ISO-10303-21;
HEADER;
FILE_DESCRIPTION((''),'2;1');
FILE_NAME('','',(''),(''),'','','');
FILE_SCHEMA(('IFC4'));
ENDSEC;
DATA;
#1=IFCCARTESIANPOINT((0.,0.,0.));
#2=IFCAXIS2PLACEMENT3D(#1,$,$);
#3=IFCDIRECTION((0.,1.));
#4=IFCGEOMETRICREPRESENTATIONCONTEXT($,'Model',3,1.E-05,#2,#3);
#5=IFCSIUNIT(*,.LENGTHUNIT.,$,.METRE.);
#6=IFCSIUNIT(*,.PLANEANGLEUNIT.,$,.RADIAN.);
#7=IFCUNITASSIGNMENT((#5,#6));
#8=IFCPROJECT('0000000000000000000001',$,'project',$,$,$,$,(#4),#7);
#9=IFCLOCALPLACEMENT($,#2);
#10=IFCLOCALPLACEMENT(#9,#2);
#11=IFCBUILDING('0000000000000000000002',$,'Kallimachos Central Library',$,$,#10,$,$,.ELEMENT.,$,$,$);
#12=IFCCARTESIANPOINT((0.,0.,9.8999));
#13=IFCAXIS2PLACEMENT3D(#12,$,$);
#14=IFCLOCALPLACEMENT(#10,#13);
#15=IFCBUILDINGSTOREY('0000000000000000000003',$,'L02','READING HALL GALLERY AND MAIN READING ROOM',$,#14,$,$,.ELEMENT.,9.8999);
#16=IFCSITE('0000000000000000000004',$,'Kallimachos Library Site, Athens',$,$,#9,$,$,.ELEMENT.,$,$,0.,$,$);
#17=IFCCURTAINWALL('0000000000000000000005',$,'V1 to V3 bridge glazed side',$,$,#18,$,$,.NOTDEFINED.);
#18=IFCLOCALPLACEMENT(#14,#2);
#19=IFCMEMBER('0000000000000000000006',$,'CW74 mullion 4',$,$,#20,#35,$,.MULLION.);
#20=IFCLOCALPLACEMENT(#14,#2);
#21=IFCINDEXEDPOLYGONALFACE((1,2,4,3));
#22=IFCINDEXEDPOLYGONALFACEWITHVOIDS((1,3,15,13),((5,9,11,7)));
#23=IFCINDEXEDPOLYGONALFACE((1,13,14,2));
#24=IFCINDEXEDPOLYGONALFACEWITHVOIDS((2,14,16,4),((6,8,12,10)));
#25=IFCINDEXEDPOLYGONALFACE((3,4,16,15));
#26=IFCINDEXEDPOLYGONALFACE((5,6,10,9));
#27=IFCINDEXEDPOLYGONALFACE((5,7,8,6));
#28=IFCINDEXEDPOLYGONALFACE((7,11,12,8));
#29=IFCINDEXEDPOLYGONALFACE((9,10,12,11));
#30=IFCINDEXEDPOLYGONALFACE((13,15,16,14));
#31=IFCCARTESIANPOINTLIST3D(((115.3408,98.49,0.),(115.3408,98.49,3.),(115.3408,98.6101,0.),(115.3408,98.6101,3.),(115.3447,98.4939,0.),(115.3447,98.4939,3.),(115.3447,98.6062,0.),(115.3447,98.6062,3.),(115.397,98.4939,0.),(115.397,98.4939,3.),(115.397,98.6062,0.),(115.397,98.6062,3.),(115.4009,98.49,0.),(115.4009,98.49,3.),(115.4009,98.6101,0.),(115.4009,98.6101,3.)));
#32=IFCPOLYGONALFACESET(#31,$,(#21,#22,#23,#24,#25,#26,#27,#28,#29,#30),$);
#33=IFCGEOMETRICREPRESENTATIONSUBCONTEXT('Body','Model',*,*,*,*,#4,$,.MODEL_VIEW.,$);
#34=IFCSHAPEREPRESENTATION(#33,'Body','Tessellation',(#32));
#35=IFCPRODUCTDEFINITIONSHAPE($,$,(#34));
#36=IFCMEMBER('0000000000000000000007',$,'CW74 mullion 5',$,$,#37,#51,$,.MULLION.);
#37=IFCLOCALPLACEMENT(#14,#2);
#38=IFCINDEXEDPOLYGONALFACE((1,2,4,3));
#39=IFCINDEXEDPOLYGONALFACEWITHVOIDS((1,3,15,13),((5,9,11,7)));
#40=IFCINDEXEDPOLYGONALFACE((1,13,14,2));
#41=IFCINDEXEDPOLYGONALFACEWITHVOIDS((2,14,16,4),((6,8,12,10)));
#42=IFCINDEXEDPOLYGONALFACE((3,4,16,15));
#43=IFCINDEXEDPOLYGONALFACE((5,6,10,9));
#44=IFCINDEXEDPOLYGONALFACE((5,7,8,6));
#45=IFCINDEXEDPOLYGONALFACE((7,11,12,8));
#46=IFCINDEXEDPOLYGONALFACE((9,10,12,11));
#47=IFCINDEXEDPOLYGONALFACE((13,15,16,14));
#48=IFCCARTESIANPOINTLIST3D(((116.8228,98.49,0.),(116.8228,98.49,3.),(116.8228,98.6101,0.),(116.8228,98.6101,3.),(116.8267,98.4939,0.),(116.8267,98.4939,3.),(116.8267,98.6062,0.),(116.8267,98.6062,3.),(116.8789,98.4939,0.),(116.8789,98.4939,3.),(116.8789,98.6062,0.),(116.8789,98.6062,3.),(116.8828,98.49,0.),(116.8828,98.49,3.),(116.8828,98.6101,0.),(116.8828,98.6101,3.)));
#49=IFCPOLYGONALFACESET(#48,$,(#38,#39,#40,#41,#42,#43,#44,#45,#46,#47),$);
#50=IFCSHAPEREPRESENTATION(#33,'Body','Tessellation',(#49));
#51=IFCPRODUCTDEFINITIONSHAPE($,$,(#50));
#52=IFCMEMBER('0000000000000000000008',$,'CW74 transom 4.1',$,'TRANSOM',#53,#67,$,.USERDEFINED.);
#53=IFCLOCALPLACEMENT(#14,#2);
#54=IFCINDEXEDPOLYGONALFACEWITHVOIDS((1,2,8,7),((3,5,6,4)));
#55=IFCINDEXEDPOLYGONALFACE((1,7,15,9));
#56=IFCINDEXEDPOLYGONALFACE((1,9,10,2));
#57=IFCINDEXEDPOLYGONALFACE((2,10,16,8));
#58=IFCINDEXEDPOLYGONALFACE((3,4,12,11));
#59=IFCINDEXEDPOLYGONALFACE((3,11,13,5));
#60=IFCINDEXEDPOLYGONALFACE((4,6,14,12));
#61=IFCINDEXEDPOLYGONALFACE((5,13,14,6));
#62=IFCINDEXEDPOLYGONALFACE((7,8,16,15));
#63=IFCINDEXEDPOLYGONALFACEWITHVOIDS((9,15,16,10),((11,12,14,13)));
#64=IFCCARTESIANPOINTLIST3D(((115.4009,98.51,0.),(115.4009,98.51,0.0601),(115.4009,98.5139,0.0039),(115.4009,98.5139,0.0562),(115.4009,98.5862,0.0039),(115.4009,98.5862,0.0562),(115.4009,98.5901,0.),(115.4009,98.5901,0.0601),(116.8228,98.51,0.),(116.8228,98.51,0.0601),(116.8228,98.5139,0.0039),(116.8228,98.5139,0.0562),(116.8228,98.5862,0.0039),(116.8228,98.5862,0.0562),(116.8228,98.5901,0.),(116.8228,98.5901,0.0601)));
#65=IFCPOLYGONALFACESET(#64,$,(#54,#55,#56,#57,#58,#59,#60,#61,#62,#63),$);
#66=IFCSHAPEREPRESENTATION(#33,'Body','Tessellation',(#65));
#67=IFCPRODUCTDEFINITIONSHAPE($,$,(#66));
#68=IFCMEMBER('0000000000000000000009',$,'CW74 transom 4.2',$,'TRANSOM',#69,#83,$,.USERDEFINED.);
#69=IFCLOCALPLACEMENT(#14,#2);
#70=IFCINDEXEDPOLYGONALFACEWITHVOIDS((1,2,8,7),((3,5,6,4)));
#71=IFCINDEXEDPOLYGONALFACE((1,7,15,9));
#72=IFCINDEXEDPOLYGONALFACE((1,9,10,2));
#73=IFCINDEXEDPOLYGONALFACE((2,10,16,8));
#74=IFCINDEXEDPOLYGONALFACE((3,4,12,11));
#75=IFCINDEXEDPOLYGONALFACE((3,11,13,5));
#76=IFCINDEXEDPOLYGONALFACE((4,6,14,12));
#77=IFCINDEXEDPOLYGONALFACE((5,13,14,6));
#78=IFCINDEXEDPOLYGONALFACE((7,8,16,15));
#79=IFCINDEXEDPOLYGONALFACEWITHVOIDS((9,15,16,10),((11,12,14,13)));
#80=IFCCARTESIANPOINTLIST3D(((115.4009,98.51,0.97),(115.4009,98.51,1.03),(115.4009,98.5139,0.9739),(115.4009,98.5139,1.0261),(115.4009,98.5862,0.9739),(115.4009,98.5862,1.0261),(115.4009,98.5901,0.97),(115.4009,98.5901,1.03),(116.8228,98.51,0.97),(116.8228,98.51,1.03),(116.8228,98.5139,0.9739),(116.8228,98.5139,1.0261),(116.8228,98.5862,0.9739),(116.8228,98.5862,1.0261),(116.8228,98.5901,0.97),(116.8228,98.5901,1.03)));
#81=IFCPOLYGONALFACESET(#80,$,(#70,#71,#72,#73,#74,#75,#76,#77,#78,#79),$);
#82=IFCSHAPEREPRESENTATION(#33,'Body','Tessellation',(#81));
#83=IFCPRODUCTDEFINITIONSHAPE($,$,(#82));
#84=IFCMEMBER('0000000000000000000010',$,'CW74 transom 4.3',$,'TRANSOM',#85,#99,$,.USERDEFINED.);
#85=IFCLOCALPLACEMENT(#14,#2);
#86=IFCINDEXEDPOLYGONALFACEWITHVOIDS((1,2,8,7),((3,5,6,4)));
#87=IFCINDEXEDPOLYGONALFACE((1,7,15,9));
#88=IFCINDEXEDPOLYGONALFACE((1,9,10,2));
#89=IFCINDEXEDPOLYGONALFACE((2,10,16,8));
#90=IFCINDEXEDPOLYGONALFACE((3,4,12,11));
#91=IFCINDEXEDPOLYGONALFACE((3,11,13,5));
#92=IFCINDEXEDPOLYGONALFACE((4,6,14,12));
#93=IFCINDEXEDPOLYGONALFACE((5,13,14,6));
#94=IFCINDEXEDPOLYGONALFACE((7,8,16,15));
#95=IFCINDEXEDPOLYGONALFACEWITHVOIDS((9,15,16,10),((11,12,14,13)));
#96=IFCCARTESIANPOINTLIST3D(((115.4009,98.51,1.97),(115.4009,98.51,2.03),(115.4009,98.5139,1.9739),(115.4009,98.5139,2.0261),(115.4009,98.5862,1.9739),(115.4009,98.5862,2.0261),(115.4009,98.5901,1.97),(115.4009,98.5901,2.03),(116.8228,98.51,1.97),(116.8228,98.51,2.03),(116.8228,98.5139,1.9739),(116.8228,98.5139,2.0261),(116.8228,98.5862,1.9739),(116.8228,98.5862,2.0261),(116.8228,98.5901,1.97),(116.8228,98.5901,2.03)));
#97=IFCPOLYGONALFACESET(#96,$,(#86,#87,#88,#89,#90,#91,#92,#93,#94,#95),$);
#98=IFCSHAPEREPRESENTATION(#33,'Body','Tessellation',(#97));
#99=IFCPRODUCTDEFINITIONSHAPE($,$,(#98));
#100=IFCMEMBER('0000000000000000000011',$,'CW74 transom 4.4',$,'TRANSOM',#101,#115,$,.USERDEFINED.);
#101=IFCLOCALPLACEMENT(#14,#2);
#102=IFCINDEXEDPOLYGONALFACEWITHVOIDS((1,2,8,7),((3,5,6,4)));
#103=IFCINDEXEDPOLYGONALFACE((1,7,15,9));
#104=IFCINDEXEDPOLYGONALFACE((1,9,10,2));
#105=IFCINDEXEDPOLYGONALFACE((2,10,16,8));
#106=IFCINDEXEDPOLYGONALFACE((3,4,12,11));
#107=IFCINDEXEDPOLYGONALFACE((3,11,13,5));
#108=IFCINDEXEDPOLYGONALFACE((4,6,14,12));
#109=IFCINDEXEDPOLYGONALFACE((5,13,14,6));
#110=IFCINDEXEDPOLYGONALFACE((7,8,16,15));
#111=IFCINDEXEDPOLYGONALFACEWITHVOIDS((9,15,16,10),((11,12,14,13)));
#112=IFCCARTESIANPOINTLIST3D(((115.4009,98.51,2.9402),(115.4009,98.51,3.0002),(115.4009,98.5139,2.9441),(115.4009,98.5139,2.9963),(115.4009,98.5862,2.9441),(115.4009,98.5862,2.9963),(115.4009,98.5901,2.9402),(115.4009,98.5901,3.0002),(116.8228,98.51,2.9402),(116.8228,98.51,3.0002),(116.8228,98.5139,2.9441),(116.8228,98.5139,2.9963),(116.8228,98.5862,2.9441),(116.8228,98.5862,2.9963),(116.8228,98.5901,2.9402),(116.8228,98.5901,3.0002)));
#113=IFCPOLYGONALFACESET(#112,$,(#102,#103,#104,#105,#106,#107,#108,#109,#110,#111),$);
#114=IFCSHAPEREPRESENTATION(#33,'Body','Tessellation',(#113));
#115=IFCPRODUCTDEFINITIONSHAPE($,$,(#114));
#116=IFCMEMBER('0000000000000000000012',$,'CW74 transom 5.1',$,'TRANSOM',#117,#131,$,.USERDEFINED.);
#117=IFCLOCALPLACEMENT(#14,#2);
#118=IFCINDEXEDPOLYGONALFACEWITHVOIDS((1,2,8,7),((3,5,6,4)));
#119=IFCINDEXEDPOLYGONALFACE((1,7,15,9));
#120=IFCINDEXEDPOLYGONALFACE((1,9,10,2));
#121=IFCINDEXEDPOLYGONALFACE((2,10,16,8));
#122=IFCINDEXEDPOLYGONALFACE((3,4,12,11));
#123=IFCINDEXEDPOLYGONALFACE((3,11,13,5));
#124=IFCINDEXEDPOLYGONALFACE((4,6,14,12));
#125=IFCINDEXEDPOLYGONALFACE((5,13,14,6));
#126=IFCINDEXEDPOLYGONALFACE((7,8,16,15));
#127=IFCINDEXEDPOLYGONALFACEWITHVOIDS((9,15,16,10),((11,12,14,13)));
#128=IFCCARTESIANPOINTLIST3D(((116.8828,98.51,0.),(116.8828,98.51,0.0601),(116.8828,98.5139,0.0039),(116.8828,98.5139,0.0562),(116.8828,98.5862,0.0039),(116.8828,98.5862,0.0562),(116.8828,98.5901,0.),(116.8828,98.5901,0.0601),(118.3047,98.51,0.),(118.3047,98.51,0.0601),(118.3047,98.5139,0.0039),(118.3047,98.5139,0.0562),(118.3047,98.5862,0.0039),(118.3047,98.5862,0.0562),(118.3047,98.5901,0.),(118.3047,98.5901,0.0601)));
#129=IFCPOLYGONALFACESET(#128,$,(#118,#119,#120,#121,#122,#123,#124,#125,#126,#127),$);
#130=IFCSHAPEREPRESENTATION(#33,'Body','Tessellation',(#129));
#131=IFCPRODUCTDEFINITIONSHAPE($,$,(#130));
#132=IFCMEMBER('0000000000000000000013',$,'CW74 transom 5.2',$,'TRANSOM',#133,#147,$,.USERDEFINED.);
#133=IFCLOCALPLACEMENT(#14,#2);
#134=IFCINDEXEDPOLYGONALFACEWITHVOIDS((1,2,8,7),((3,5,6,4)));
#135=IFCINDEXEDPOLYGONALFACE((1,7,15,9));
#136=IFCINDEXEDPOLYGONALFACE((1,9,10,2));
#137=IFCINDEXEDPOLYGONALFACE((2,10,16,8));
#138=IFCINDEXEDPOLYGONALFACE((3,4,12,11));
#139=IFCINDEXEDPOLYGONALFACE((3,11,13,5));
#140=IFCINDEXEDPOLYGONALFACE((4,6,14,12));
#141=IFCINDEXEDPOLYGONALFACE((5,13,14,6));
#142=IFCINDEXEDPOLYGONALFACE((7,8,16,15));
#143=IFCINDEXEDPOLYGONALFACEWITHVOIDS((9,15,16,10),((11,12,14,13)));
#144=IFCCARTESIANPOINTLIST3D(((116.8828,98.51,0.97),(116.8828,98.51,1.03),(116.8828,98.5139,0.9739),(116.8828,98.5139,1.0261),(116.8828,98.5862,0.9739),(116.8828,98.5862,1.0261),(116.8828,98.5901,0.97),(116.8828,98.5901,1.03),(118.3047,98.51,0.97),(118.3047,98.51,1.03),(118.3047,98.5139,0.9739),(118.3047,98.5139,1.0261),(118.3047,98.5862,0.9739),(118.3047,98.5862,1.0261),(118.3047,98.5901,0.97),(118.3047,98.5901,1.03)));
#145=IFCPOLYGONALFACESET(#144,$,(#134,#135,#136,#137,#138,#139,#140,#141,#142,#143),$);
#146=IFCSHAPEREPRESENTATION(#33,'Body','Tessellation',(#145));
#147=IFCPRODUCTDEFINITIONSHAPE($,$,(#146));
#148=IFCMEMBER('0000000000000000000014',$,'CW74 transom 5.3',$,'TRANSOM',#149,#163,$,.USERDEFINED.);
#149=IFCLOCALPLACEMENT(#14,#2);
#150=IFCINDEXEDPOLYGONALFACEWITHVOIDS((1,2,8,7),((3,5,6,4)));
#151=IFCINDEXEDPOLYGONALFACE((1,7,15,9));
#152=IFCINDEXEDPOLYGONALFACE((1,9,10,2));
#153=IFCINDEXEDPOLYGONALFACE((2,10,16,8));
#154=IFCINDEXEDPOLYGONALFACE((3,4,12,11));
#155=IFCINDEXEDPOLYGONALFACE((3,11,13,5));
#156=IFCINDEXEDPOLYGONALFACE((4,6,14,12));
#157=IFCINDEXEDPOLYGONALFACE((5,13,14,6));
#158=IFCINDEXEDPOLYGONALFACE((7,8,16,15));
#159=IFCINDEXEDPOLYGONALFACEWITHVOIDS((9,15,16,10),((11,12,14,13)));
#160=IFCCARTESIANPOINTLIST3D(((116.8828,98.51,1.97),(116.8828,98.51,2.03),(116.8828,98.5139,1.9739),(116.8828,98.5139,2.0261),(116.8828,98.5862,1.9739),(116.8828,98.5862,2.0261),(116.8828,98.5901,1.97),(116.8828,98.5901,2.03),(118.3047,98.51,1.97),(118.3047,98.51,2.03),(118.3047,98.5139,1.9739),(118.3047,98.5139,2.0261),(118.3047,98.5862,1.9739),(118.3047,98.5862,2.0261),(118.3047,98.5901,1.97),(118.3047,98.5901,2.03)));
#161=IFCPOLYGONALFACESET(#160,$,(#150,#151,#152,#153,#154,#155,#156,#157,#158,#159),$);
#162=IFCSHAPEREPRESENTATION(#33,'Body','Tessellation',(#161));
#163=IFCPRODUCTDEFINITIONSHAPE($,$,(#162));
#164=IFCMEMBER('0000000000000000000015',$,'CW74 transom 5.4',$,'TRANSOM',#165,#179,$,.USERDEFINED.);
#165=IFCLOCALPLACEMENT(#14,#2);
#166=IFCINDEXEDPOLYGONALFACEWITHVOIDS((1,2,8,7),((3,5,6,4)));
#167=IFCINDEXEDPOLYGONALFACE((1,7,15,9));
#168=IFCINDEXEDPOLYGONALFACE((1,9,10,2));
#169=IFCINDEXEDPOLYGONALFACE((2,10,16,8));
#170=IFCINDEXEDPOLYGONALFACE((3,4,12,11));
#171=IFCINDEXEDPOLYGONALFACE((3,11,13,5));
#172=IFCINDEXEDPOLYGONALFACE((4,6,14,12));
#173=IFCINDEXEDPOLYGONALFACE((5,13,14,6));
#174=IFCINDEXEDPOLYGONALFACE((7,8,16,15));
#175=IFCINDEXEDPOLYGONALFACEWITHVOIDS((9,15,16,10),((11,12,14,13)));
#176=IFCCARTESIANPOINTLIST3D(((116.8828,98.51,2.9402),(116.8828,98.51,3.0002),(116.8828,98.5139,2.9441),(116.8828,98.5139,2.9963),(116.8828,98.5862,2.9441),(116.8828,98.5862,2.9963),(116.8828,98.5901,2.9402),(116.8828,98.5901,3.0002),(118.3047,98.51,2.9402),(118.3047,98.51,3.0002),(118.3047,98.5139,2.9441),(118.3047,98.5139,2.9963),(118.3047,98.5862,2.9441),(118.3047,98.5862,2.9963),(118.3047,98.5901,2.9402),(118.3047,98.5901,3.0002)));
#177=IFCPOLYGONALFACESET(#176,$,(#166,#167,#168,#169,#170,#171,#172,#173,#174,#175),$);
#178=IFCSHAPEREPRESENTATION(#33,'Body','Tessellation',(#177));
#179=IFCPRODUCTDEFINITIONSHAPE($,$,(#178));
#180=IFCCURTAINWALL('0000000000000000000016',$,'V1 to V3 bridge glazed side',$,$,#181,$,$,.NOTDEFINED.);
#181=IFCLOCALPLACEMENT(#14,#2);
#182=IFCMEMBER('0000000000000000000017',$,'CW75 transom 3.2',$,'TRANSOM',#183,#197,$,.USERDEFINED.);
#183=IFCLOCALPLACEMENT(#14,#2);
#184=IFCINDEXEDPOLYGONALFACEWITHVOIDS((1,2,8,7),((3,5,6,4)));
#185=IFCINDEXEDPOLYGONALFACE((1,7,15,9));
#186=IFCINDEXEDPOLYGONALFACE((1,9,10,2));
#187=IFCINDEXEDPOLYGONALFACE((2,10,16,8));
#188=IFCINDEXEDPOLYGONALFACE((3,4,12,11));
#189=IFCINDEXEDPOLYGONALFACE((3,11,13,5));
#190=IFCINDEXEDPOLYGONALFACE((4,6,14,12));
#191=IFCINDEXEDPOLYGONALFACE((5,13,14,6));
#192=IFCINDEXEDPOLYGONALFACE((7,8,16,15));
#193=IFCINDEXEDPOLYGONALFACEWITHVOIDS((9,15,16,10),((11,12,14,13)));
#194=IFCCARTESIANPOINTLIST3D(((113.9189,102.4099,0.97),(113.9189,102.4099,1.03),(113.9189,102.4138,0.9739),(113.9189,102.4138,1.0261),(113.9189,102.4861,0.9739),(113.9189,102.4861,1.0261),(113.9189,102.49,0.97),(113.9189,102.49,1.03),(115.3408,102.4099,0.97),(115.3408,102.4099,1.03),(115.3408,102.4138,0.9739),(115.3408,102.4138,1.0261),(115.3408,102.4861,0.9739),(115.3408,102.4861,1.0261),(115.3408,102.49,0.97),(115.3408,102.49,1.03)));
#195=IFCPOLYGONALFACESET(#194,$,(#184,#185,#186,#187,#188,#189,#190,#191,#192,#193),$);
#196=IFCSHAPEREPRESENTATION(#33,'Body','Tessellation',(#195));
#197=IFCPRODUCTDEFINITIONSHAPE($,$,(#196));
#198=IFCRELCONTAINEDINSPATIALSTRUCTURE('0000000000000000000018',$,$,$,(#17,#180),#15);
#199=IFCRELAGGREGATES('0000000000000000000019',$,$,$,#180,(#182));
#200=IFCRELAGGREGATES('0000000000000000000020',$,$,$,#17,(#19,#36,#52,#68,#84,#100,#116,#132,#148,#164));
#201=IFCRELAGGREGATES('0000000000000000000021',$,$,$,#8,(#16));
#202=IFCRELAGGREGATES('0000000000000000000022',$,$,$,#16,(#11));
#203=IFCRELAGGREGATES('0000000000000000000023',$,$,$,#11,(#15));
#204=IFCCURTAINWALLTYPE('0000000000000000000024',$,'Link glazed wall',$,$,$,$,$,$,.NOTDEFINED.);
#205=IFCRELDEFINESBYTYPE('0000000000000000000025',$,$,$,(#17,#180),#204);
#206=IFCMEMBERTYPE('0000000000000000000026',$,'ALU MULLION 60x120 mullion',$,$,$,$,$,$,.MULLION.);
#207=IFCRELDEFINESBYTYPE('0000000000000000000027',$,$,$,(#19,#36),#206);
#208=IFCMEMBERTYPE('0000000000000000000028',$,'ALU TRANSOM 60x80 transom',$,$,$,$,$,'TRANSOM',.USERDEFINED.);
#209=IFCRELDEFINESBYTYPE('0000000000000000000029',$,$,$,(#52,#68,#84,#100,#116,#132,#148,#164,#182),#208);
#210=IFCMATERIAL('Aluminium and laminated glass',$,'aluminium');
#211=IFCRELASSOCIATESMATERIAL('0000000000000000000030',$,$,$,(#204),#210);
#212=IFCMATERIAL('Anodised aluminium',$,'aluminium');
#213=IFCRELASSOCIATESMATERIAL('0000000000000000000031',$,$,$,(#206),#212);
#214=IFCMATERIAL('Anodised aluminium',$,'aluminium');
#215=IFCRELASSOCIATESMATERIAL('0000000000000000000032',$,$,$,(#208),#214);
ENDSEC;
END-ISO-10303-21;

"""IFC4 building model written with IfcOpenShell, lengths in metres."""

from ifc_helpers import new_model, si_unit, direction, frame, origin, origin_2d, place, context, subcontext, project, spatial, hollow_rectangle, extrude, material, material_profile, profile_set, type_object, element, aggregate, save


model = new_model("IFC4")

# Units and contexts
model_context = context("Model", 3, precision=1e-05, world=origin(), true_north=direction((0.0, 1.0)))
body_context = subcontext(model_context, "Body", "Model", "MODEL_VIEW")
ifc_project = project(units=[si_unit("LENGTHUNIT", "METRE"), si_unit("PLANEANGLEUNIT", "RADIAN")], contexts=[model_context])

# Site, building, storey
site_placement = place(None, origin())
site = spatial("IfcSite", under=ifc_project, at=site_placement, Name="Kallimachos Library Site, Athens", CompositionType="ELEMENT", RefElevation=0.0)
building_placement = place(site_placement, origin())
building = spatial("IfcBuilding", under=site, at=building_placement, Name="Kallimachos Central Library", CompositionType="ELEMENT")
storey_placement = place(building_placement, frame((0.0, 0.0, 9.8999)))
storey = spatial("IfcBuildingStorey", under=building, at=storey_placement, Name="L02", Description="READING HALL GALLERY AND MAIN READING ROOM", CompositionType="ELEMENT", Elevation=9.8999)

# Curtain walls, members
ifc_material_1 = material(Name="Aluminium and laminated glass", Category="aluminium")
curtain_wall_type = type_object("IfcCurtainWallType", Name="Link glazed wall", PredefinedType="NOTDEFINED", material=ifc_material_1)
curtain_wall_1_placement = place(storey_placement, origin())
curtain_wall_1 = element("IfcCurtainWall", 1, at=curtain_wall_1_placement, inside=storey, type_object=curtain_wall_type, Name="V1 to V3 bridge glazed side", PredefinedType="NOTDEFINED")
ifc_material_2 = material(Name="Anodised aluminium", Category="aluminium")
ifc_material_profile_1 = material_profile(ifc_material_2, hollow_rectangle(XDim=0.0601, YDim=0.1201, WallThickness=0.0039, at=origin_2d()), Name="ALU MULLION 60x120")
ifc_profile_set_1 = profile_set([ifc_material_profile_1], Name="Anodised aluminium")
member_type_1 = type_object("IfcMemberType", Name="ALU MULLION 60x120 mullion", PredefinedType="MULLION", material=ifc_profile_set_1)
member_1_placement = place(storey_placement, frame((115.3708, 98.55, 0.0), z_axis=(0.0, 0.0, 1.0), x_axis=(1.0, 0.0, 0.0)))
member_1 = element("IfcMember", 2, at=member_1_placement, type_object=member_type_1, Name="CW74 mullion 4", PredefinedType="MULLION", context=body_context, shape_type="SweptSolid", body=[
    extrude(hollow_rectangle(XDim=0.0601, YDim=0.1201, WallThickness=0.0039, at=origin_2d()), origin(), (0.0, 0.0, 1.0), 3.0),
])
member_2_placement = place(storey_placement, frame((116.8528, 98.55, 0.0), z_axis=(0.0, 0.0, 1.0), x_axis=(1.0, 0.0, 0.0)))
member_2 = element("IfcMember", 3, at=member_2_placement, type_object=member_type_1, Name="CW74 mullion 5", PredefinedType="MULLION", context=body_context, shape_type="SweptSolid", body=[
    extrude(hollow_rectangle(XDim=0.0601, YDim=0.1201, WallThickness=0.0039, at=origin_2d()), origin(), (0.0, 0.0, 1.0), 3.0),
])
ifc_material_3 = material(Name="Anodised aluminium", Category="aluminium")
ifc_material_profile_2 = material_profile(ifc_material_3, hollow_rectangle(XDim=0.0601, YDim=0.0801, WallThickness=0.0039, at=origin_2d()), Name="ALU TRANSOM 60x80")
ifc_profile_set_2 = profile_set([ifc_material_profile_2], Name="Anodised aluminium")
member_type_2 = type_object("IfcMemberType", Name="ALU TRANSOM 60x80 transom", ElementType="TRANSOM", PredefinedType="USERDEFINED", material=ifc_profile_set_2)
member_3_placement = place(storey_placement, frame((115.4009, 98.55, 0.03), z_axis=(1.0, 0.0, 0.0), x_axis=(0.0, 0.0, 1.0)))
member_3 = element("IfcMember", 4, at=member_3_placement, type_object=member_type_2, Name="CW74 transom 4.1", ObjectType="TRANSOM", PredefinedType="USERDEFINED", context=body_context, shape_type="SweptSolid", body=[
    extrude(hollow_rectangle(XDim=0.0601, YDim=0.0801, WallThickness=0.0039, at=origin_2d()), origin(), (0.0, 0.0, 1.0), 1.4219),
])
member_4_placement = place(storey_placement, frame((115.4009, 98.55, 1.0), z_axis=(1.0, 0.0, 0.0), x_axis=(0.0, 0.0, 1.0)))
member_4 = element("IfcMember", 5, at=member_4_placement, type_object=member_type_2, Name="CW74 transom 4.2", ObjectType="TRANSOM", PredefinedType="USERDEFINED", context=body_context, shape_type="SweptSolid", body=[
    extrude(hollow_rectangle(XDim=0.0601, YDim=0.0801, WallThickness=0.0039, at=origin_2d()), origin(), (0.0, 0.0, 1.0), 1.4219),
])
member_5_placement = place(storey_placement, frame((115.4009, 98.55, 2.0), z_axis=(1.0, 0.0, 0.0), x_axis=(0.0, 0.0, 1.0)))
member_5 = element("IfcMember", 6, at=member_5_placement, type_object=member_type_2, Name="CW74 transom 4.3", ObjectType="TRANSOM", PredefinedType="USERDEFINED", context=body_context, shape_type="SweptSolid", body=[
    extrude(hollow_rectangle(XDim=0.0601, YDim=0.0801, WallThickness=0.0039, at=origin_2d()), origin(), (0.0, 0.0, 1.0), 1.4219),
])
member_6_placement = place(storey_placement, frame((115.4009, 98.55, 2.9702), z_axis=(1.0, 0.0, 0.0), x_axis=(0.0, 0.0, 1.0)))
member_6 = element("IfcMember", 7, at=member_6_placement, type_object=member_type_2, Name="CW74 transom 4.4", ObjectType="TRANSOM", PredefinedType="USERDEFINED", context=body_context, shape_type="SweptSolid", body=[
    extrude(hollow_rectangle(XDim=0.0601, YDim=0.0801, WallThickness=0.0039, at=origin_2d()), origin(), (0.0, 0.0, 1.0), 1.4219),
])
member_7_placement = place(storey_placement, frame((116.8828, 98.55, 0.03), z_axis=(1.0, 0.0, 0.0), x_axis=(0.0, 0.0, 1.0)))
member_7 = element("IfcMember", 8, at=member_7_placement, type_object=member_type_2, Name="CW74 transom 5.1", ObjectType="TRANSOM", PredefinedType="USERDEFINED", context=body_context, shape_type="SweptSolid", body=[
    extrude(hollow_rectangle(XDim=0.0601, YDim=0.0801, WallThickness=0.0039, at=origin_2d()), origin(), (0.0, 0.0, 1.0), 1.4219),
])
member_8_placement = place(storey_placement, frame((116.8828, 98.55, 1.0), z_axis=(1.0, 0.0, 0.0), x_axis=(0.0, 0.0, 1.0)))
member_8 = element("IfcMember", 9, at=member_8_placement, type_object=member_type_2, Name="CW74 transom 5.2", ObjectType="TRANSOM", PredefinedType="USERDEFINED", context=body_context, shape_type="SweptSolid", body=[
    extrude(hollow_rectangle(XDim=0.0601, YDim=0.0801, WallThickness=0.0039, at=origin_2d()), origin(), (0.0, 0.0, 1.0), 1.4219),
])
member_9_placement = place(storey_placement, frame((116.8828, 98.55, 2.0), z_axis=(1.0, 0.0, 0.0), x_axis=(0.0, 0.0, 1.0)))
member_9 = element("IfcMember", 10, at=member_9_placement, type_object=member_type_2, Name="CW74 transom 5.3", ObjectType="TRANSOM", PredefinedType="USERDEFINED", context=body_context, shape_type="SweptSolid", body=[
    extrude(hollow_rectangle(XDim=0.0601, YDim=0.0801, WallThickness=0.0039, at=origin_2d()), origin(), (0.0, 0.0, 1.0), 1.4219),
])
member_10_placement = place(storey_placement, frame((116.8828, 98.55, 2.9702), z_axis=(1.0, 0.0, 0.0), x_axis=(0.0, 0.0, 1.0)))
member_10 = element("IfcMember", 11, at=member_10_placement, type_object=member_type_2, Name="CW74 transom 5.4", ObjectType="TRANSOM", PredefinedType="USERDEFINED", context=body_context, shape_type="SweptSolid", body=[
    extrude(hollow_rectangle(XDim=0.0601, YDim=0.0801, WallThickness=0.0039, at=origin_2d()), origin(), (0.0, 0.0, 1.0), 1.4219),
])
curtain_wall_2_placement = place(storey_placement, origin())
curtain_wall_2 = element("IfcCurtainWall", 12, at=curtain_wall_2_placement, inside=storey, type_object=curtain_wall_type, Name="V1 to V3 bridge glazed side", PredefinedType="NOTDEFINED")
member_11_placement = place(storey_placement, frame((113.9189, 102.45, 1.0), z_axis=(1.0, 0.0, 0.0), x_axis=(0.0, 0.0, 1.0)))
member_11 = element("IfcMember", 13, at=member_11_placement, type_object=member_type_2, Name="CW75 transom 3.2", ObjectType="TRANSOM", PredefinedType="USERDEFINED", context=body_context, shape_type="SweptSolid", body=[
    extrude(hollow_rectangle(XDim=0.0601, YDim=0.0801, WallThickness=0.0039, at=origin_2d()), origin(), (0.0, 0.0, 1.0), 1.4219),
])
aggregate(curtain_wall_2, [member_11])

aggregate(curtain_wall_1, [member_1, member_2, member_3, member_4, member_5, member_6, member_7, member_8, member_9, member_10])

save(model, "model.ifc")
